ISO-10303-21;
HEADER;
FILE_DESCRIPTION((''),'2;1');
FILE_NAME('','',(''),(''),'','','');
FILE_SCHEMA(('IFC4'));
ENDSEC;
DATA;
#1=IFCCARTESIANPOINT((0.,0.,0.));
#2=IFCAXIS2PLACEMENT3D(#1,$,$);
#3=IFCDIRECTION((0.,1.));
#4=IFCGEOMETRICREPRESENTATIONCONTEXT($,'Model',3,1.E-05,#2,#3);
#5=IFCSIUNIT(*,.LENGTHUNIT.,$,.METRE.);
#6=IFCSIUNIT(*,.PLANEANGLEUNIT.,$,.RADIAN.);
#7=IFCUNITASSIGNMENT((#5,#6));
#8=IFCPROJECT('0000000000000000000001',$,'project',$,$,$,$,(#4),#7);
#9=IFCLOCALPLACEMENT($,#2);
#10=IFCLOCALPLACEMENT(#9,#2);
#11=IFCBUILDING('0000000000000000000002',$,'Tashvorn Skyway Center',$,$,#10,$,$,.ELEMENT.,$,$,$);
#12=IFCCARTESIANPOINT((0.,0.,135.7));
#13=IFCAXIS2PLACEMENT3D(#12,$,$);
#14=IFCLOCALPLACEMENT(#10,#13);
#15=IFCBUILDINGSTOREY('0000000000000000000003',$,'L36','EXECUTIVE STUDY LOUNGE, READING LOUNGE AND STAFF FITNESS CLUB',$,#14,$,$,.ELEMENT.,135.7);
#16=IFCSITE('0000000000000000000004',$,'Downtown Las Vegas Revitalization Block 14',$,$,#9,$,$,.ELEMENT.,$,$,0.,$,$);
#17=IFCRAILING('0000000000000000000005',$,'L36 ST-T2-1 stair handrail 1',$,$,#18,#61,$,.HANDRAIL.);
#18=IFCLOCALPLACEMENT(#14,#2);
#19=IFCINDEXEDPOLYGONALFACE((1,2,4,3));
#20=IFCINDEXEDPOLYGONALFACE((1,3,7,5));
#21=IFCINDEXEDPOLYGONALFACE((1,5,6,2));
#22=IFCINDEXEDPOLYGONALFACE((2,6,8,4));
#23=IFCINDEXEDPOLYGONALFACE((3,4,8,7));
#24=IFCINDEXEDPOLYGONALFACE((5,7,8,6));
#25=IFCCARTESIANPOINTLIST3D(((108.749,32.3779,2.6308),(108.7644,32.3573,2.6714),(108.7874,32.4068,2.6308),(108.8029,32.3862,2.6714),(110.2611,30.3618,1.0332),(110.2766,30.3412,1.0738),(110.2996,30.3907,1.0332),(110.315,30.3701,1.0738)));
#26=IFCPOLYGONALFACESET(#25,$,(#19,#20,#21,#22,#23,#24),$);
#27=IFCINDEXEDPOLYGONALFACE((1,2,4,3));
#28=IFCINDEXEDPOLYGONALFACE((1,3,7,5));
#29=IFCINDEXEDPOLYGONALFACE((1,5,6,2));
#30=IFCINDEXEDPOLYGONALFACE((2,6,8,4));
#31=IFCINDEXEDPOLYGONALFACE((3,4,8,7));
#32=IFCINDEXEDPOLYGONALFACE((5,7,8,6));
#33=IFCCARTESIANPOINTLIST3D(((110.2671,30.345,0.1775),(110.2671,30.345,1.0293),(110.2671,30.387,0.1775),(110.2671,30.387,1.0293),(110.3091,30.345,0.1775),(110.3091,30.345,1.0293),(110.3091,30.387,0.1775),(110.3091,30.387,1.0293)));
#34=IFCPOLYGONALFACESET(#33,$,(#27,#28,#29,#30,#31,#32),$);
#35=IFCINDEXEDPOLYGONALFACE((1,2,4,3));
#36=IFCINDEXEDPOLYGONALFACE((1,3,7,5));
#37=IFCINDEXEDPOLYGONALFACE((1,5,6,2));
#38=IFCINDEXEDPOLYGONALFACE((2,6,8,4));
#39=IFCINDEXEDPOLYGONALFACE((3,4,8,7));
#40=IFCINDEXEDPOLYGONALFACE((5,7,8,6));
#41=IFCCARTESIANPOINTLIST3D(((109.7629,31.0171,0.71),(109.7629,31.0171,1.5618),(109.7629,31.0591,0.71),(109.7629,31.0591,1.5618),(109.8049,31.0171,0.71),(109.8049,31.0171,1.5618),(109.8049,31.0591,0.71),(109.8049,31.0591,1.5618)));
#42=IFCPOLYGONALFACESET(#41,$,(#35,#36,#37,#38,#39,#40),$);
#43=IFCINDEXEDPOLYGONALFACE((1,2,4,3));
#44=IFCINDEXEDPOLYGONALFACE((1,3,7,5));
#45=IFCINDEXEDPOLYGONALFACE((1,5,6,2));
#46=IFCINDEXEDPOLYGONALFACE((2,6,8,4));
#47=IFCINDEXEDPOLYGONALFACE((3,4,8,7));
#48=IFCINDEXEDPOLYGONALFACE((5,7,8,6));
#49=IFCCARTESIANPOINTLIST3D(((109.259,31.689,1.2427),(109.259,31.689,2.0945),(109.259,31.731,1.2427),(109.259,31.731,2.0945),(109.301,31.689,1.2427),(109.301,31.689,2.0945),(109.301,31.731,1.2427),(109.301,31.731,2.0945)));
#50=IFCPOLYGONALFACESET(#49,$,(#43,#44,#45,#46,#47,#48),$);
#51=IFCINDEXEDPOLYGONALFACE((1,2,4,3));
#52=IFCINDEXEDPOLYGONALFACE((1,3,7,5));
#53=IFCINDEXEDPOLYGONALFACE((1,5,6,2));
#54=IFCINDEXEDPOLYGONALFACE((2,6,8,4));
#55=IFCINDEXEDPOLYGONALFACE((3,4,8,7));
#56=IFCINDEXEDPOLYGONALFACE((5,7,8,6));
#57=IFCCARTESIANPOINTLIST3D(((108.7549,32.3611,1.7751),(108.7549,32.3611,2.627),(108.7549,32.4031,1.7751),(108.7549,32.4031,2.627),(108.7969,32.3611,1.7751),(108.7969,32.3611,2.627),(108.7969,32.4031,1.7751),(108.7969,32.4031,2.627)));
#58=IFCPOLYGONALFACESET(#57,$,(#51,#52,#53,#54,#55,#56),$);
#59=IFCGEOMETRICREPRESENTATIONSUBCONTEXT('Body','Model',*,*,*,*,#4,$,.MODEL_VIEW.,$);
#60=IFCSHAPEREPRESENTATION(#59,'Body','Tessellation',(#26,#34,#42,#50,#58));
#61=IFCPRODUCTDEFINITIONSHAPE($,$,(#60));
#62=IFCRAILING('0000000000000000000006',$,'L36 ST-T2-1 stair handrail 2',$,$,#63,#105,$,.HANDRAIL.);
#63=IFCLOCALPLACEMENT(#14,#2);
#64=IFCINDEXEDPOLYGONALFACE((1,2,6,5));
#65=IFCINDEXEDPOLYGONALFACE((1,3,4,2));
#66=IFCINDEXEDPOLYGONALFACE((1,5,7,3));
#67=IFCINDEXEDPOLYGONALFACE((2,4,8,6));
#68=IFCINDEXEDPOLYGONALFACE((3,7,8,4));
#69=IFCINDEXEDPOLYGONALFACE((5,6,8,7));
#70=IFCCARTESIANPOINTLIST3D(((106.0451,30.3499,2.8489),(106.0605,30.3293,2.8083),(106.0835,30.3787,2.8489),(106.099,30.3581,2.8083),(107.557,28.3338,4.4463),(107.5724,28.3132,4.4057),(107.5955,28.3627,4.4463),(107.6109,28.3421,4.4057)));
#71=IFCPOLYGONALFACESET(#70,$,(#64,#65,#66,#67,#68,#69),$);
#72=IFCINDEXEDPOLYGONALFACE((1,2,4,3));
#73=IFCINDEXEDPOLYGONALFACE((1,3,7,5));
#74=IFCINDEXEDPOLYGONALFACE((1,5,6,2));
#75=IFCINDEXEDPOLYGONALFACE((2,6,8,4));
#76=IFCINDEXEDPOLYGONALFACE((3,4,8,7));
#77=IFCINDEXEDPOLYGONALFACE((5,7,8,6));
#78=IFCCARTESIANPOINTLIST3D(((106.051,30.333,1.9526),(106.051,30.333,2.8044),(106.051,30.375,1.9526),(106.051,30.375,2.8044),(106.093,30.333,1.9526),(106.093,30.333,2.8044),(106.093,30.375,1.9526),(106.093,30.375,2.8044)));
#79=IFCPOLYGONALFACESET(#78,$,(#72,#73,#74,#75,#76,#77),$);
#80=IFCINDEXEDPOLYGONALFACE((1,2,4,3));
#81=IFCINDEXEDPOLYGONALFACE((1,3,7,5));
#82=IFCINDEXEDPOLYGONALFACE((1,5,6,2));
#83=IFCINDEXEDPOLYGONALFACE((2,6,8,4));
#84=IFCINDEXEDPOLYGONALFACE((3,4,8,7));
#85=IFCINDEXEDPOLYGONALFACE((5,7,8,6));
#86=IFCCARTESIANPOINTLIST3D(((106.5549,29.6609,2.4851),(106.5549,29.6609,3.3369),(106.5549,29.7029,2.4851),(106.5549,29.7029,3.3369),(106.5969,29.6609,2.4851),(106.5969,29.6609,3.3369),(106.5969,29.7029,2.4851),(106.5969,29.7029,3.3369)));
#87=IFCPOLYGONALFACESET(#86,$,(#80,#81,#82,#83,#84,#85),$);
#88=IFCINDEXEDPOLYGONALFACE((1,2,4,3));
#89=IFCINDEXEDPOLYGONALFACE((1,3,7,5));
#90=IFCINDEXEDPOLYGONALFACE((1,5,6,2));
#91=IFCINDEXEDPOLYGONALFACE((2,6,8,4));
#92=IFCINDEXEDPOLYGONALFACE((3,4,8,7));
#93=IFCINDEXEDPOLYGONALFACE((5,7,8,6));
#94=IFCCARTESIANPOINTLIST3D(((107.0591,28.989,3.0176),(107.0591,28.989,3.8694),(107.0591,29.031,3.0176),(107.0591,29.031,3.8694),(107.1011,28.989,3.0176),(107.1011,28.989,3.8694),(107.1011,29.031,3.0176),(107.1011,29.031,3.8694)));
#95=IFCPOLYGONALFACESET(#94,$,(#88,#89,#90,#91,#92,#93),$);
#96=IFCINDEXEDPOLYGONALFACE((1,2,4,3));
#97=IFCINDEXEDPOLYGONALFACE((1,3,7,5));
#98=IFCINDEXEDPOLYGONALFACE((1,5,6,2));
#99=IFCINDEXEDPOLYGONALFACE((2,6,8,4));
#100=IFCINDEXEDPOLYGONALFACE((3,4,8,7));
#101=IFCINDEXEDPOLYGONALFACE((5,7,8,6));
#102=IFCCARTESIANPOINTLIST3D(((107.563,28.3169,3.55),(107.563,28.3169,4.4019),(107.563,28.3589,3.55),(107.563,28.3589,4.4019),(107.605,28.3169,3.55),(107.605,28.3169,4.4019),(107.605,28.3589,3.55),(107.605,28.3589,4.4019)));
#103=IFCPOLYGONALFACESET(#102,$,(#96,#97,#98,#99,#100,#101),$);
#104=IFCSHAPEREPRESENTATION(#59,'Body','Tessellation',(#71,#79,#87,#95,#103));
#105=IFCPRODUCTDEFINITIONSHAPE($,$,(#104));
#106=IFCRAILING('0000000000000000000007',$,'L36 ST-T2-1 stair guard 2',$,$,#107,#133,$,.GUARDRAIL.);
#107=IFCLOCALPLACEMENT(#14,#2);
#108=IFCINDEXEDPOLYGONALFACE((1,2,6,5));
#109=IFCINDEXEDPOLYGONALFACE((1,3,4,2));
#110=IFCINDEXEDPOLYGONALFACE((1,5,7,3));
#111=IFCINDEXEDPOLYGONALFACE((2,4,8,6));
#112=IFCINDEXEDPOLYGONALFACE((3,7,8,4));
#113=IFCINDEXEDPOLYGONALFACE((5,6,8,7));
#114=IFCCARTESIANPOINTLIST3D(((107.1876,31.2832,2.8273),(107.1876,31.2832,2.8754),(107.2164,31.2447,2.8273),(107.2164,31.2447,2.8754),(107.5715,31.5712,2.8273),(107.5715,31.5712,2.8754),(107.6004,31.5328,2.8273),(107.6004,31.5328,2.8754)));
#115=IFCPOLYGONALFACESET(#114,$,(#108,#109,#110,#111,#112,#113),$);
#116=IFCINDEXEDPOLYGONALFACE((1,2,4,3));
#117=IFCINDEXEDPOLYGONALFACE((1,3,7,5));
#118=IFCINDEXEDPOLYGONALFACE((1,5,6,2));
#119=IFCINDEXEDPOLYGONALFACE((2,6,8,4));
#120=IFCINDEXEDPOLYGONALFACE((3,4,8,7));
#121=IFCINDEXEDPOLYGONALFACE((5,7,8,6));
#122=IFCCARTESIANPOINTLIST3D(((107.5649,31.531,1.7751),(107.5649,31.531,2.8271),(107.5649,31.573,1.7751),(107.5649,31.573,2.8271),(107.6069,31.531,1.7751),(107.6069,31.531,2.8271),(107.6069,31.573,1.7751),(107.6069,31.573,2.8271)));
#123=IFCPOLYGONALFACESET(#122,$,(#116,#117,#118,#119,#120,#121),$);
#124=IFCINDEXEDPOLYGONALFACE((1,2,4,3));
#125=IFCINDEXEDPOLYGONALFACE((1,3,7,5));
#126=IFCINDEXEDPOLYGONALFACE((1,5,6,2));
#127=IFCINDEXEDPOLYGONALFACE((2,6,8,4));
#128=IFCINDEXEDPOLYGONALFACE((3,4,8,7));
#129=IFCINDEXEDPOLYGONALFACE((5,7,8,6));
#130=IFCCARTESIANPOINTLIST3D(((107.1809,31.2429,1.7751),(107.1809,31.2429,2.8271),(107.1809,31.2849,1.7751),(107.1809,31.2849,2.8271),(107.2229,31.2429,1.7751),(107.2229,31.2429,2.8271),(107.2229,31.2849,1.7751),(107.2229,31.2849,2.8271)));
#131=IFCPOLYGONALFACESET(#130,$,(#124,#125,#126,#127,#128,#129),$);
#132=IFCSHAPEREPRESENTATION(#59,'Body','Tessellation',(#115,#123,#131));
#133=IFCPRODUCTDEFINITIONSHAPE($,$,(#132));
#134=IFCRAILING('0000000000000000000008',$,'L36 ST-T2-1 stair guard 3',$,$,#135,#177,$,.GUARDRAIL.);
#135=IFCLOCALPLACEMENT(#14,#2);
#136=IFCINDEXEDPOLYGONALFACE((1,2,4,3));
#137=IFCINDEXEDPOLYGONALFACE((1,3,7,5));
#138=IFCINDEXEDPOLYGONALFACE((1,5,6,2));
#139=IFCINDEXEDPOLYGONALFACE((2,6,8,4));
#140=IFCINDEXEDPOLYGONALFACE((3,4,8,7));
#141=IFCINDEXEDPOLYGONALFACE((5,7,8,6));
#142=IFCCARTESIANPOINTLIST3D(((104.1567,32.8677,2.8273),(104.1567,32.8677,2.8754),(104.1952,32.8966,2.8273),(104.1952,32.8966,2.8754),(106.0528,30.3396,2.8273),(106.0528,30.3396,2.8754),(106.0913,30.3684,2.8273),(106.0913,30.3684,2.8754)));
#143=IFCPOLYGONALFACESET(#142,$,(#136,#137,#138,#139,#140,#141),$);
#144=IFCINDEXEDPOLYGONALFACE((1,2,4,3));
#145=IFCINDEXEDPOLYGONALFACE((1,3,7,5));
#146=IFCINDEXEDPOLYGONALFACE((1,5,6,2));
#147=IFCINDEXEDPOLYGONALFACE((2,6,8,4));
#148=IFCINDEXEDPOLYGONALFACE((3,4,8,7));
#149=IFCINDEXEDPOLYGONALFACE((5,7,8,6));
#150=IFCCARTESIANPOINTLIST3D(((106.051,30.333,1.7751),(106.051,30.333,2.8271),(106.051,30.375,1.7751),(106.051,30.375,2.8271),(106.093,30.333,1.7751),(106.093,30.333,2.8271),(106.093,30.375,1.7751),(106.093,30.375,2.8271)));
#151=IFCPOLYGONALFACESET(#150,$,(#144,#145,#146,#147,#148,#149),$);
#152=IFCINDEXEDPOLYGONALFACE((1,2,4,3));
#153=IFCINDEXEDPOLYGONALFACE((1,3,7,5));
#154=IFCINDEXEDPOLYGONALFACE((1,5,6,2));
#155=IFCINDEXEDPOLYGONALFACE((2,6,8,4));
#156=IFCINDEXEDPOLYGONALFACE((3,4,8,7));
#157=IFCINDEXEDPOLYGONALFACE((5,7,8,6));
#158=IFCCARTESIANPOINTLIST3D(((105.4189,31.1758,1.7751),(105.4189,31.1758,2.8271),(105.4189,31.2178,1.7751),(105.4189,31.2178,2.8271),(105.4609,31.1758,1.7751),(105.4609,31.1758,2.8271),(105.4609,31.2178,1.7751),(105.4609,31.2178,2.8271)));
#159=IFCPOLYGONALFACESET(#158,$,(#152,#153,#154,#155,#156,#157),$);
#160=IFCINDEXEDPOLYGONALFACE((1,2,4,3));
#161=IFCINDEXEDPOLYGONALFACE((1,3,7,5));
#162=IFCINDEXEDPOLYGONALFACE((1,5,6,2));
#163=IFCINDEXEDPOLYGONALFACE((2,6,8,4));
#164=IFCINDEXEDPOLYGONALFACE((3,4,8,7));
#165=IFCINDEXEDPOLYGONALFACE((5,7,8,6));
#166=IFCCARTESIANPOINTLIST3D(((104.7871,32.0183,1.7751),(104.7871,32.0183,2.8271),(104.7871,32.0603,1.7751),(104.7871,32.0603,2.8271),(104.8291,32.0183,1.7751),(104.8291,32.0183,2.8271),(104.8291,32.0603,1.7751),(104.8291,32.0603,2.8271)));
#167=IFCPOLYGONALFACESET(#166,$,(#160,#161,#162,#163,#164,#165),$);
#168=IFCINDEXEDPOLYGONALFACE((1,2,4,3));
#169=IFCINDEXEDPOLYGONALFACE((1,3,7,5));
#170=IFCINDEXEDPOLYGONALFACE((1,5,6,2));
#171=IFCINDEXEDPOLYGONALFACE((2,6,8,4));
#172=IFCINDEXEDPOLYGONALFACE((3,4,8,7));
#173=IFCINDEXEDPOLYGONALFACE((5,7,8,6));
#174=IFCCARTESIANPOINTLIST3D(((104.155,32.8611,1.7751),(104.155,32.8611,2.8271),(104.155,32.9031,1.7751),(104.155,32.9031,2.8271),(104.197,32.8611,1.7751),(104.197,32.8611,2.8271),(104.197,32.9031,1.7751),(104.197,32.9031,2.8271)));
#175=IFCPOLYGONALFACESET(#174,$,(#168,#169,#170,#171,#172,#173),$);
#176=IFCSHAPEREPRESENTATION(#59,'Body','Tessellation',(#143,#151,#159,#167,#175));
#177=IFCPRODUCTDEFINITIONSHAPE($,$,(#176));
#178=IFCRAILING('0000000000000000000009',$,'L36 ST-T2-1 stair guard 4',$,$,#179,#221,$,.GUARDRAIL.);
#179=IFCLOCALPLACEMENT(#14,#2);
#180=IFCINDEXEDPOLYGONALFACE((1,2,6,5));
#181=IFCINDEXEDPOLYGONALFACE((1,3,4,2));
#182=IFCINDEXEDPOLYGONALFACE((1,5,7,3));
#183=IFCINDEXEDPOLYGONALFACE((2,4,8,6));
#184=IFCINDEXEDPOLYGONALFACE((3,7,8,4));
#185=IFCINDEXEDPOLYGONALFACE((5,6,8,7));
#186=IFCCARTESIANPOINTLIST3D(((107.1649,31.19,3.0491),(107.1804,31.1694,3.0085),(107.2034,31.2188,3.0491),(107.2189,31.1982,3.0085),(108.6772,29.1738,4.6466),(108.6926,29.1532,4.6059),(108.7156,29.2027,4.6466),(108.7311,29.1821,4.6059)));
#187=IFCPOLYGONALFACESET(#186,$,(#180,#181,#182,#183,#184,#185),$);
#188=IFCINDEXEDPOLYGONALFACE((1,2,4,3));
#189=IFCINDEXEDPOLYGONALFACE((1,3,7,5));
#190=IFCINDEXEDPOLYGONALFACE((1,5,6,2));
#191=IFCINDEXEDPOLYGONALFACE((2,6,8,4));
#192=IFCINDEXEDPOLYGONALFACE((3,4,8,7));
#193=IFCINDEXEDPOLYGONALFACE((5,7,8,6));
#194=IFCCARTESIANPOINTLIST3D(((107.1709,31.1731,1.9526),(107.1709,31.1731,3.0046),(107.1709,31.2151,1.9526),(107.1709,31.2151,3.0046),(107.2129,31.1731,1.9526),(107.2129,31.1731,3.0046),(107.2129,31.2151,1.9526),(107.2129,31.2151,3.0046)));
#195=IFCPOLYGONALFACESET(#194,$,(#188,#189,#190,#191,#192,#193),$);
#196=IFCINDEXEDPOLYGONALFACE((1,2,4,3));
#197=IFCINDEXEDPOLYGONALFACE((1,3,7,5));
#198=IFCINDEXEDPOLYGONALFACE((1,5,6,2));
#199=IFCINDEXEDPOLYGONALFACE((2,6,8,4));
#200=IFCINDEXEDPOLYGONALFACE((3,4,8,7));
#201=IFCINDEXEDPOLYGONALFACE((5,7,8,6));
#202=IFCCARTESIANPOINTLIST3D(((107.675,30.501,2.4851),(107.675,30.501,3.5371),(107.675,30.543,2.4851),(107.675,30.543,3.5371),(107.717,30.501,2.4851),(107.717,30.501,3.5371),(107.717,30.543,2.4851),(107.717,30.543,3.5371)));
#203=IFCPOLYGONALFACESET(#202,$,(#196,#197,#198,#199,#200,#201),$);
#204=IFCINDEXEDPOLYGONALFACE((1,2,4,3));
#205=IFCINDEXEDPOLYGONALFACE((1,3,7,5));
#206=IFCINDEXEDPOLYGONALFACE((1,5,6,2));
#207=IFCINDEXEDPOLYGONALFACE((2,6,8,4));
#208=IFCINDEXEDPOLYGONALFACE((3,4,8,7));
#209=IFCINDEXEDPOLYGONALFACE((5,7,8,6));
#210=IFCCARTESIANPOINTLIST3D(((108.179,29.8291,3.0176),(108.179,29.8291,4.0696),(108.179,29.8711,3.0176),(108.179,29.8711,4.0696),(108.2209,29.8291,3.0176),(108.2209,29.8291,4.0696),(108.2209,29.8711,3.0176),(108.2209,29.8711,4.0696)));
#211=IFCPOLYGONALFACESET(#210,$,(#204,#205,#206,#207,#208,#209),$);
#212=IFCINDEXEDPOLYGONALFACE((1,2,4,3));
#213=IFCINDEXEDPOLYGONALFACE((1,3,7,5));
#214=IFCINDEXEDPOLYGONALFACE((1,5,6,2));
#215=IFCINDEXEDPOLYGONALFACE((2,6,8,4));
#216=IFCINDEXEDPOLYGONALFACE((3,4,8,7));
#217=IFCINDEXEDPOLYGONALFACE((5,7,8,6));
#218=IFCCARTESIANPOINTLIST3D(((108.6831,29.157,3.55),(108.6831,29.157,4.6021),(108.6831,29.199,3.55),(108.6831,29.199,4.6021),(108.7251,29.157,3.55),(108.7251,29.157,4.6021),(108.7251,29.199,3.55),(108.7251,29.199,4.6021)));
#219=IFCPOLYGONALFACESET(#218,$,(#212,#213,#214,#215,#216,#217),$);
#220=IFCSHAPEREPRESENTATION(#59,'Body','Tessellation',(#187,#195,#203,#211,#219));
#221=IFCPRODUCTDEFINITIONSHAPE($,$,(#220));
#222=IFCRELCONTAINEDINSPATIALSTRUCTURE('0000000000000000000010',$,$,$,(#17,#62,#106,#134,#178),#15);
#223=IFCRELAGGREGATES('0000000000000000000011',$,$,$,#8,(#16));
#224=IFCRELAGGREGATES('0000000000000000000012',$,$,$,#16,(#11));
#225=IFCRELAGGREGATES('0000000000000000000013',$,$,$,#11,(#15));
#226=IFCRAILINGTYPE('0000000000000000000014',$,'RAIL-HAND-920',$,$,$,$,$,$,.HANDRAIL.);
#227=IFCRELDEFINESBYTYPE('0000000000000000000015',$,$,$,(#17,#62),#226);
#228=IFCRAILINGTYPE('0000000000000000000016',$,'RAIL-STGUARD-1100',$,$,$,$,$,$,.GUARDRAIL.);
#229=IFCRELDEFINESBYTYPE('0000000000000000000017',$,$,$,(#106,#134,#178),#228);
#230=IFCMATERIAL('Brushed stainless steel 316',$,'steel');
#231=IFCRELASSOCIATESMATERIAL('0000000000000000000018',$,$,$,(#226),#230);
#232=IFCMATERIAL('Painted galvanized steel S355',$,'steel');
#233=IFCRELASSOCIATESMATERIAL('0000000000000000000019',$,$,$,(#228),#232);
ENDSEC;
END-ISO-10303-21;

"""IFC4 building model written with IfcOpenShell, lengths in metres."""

from ifc_helpers import new_model, si_unit, direction, frame, origin, origin_2d, place, context, subcontext, project, spatial, rectangle, extrude, material, type_object, element, save


model = new_model("IFC4")

# Units and contexts
model_context = context("Model", 3, precision=1e-05, world=origin(), true_north=direction((0.0, 1.0)))
body_context = subcontext(model_context, "Body", "Model", "MODEL_VIEW")
ifc_project = project(units=[si_unit("LENGTHUNIT", "METRE"), si_unit("PLANEANGLEUNIT", "RADIAN")], contexts=[model_context])

# Site, building, storey
site_placement = place(None, origin())
site = spatial("IfcSite", under=ifc_project, at=site_placement, Name="Downtown Las Vegas Revitalization Block 14", CompositionType="ELEMENT", RefElevation=0.0)
building_placement = place(site_placement, origin())
building = spatial("IfcBuilding", under=site, at=building_placement, Name="Tashvorn Skyway Center", CompositionType="ELEMENT")
storey_placement = place(building_placement, frame((0.0, 0.0, 135.7)))
storey = spatial("IfcBuildingStorey", under=building, at=storey_placement, Name="L36", Description="EXECUTIVE STUDY LOUNGE, READING LOUNGE AND STAFF FITNESS CLUB", CompositionType="ELEMENT", Elevation=135.7)

# Railings
ifc_material_1 = material(Name="Brushed stainless steel 316", Category="steel")
railing_type_1 = type_object("IfcRailingType", Name="RAIL-HAND-920", PredefinedType="HANDRAIL", material=ifc_material_1)
railing_1_placement = place(storey_placement, frame((110.2881, 30.366, 0.1775)))
element("IfcRailing", 1, at=railing_1_placement, inside=storey, type_object=railing_type_1, Name="L36 ST-T2-1 stair handrail 1", PredefinedType="HANDRAIL", context=body_context, shape_type="SweptSolid", body=[
    extrude(rectangle(XDim=0.0481, YDim=0.0481, at=origin_2d()), frame((0.0, 0.0, 0.876), z_axis=(-0.506779, 0.675651, 0.535416), x_axis=(-0.799977, -0.600031, 0.0)), (0.0, 0.0, 1.0), 2.9839),
    extrude(rectangle(XDim=0.042, YDim=0.042, at=origin_2d()), origin(), (0.0, 0.0, 1.0), 0.8518),
    extrude(rectangle(XDim=0.042, YDim=0.042, at=origin_2d()), frame((-0.5042, 0.6721, 0.5325)), (0.0, 0.0, 1.0), 0.8518),
    extrude(rectangle(XDim=0.042, YDim=0.042, at=origin_2d()), frame((-1.0081, 1.344, 1.0652)), (0.0, 0.0, 1.0), 0.8518),
    extrude(rectangle(XDim=0.042, YDim=0.042, at=origin_2d()), frame((-1.5122, 2.0161, 1.5977)), (0.0, 0.0, 1.0), 0.8518),
])
railing_2_placement = place(storey_placement, frame((106.072, 30.354, 1.9526)))
element("IfcRailing", 2, at=railing_2_placement, inside=storey, type_object=railing_type_1, Name="L36 ST-T2-1 stair handrail 2", PredefinedType="HANDRAIL", context=body_context, shape_type="SweptSolid", body=[
    extrude(rectangle(XDim=0.0481, YDim=0.0481, at=origin_2d()), frame((0.0, 0.0, 0.876), z_axis=(0.506741, -0.675709, 0.535379), x_axis=(0.800023, 0.599969, 0.0)), (0.0, 0.0, 1.0), 2.9836),
    extrude(rectangle(XDim=0.042, YDim=0.042, at=origin_2d()), origin(), (0.0, 0.0, 1.0), 0.8518),
    extrude(rectangle(XDim=0.042, YDim=0.042, at=origin_2d()), frame((0.5039, -0.6721, 0.5325)), (0.0, 0.0, 1.0), 0.8518),
    extrude(rectangle(XDim=0.042, YDim=0.042, at=origin_2d()), frame((1.0081, -1.344, 1.0649)), (0.0, 0.0, 1.0), 0.8518),
    extrude(rectangle(XDim=0.042, YDim=0.042, at=origin_2d()), frame((1.512, -2.0161, 1.5974)), (0.0, 0.0, 1.0), 0.8518),
])
ifc_material_2 = material(Name="Painted galvanized steel S355", Category="steel")
railing_type_2 = type_object("IfcRailingType", Name="RAIL-STGUARD-1100", PredefinedType="GUARDRAIL", material=ifc_material_2)
railing_3_placement = place(storey_placement, frame((107.5859, 31.552, 1.7751)))
element("IfcRailing", 3, at=railing_3_placement, inside=storey, type_object=railing_type_2, Name="L36 ST-T2-1 stair guard 2", PredefinedType="GUARDRAIL", context=body_context, shape_type="SweptSolid", body=[
    extrude(rectangle(XDim=0.0481, YDim=0.0481, at=origin_2d()), frame((0.0, 0.0, 1.0762), z_axis=(-0.799939, -0.600081, 0.0), x_axis=(0.600081, -0.799939, 0.0)), (0.0, 0.0, 1.0), 0.48),
    extrude(rectangle(XDim=0.042, YDim=0.042, at=origin_2d()), origin(), (0.0, 0.0, 1.0), 1.052),
    extrude(rectangle(XDim=0.042, YDim=0.042, at=origin_2d()), frame((-0.384, -0.2881, 0.0)), (0.0, 0.0, 1.0), 1.052),
])
railing_4_placement = place(storey_placement, frame((106.072, 30.354, 1.7751)))
element("IfcRailing", 4, at=railing_4_placement, inside=storey, type_object=railing_type_2, Name="L36 ST-T2-1 stair guard 3", PredefinedType="GUARDRAIL", context=body_context, shape_type="SweptSolid", body=[
    extrude(rectangle(XDim=0.0481, YDim=0.0481, at=origin_2d()), frame((0.0, 0.0, 1.0762), z_axis=(-0.599988, 0.800009, 0.0), x_axis=(-0.800009, -0.599988, 0.0)), (0.0, 0.0, 1.0), 3.1602),
    extrude(rectangle(XDim=0.042, YDim=0.042, at=origin_2d()), origin(), (0.0, 0.0, 1.0), 1.052),
    extrude(rectangle(XDim=0.042, YDim=0.042, at=origin_2d()), frame((-0.6321, 0.8428, 0.0)), (0.0, 0.0, 1.0), 1.052),
    extrude(rectangle(XDim=0.042, YDim=0.042, at=origin_2d()), frame((-1.2639, 1.6853, 0.0)), (0.0, 0.0, 1.0), 1.052),
    extrude(rectangle(XDim=0.042, YDim=0.042, at=origin_2d()), frame((-1.896, 2.5281, 0.0)), (0.0, 0.0, 1.0), 1.052),
])
railing_5_placement = place(storey_placement, frame((107.1919, 31.1941, 1.9526)))
element("IfcRailing", 5, at=railing_5_placement, inside=storey, type_object=railing_type_2, Name="L36 ST-T2-1 stair guard 4", PredefinedType="GUARDRAIL", context=body_context, shape_type="SweptSolid", body=[
    extrude(rectangle(XDim=0.0481, YDim=0.0481, at=origin_2d()), frame((0.0, 0.0, 1.0762), z_axis=(0.506802, -0.675681, 0.535357), x_axis=(0.799977, 0.600031, 0.0)), (0.0, 0.0, 1.0), 2.9839),
    extrude(rectangle(XDim=0.042, YDim=0.042, at=origin_2d()), origin(), (0.0, 0.0, 1.0), 1.052),
    extrude(rectangle(XDim=0.042, YDim=0.042, at=origin_2d()), frame((0.5042, -0.6721, 0.5325)), (0.0, 0.0, 1.0), 1.052),
    extrude(rectangle(XDim=0.042, YDim=0.042, at=origin_2d()), frame((1.0081, -1.344, 1.0649)), (0.0, 0.0, 1.0), 1.052),
    extrude(rectangle(XDim=0.042, YDim=0.042, at=origin_2d()), frame((1.5122, -2.0161, 1.5974)), (0.0, 0.0, 1.0), 1.052),
])

save(model, "model.ifc")
